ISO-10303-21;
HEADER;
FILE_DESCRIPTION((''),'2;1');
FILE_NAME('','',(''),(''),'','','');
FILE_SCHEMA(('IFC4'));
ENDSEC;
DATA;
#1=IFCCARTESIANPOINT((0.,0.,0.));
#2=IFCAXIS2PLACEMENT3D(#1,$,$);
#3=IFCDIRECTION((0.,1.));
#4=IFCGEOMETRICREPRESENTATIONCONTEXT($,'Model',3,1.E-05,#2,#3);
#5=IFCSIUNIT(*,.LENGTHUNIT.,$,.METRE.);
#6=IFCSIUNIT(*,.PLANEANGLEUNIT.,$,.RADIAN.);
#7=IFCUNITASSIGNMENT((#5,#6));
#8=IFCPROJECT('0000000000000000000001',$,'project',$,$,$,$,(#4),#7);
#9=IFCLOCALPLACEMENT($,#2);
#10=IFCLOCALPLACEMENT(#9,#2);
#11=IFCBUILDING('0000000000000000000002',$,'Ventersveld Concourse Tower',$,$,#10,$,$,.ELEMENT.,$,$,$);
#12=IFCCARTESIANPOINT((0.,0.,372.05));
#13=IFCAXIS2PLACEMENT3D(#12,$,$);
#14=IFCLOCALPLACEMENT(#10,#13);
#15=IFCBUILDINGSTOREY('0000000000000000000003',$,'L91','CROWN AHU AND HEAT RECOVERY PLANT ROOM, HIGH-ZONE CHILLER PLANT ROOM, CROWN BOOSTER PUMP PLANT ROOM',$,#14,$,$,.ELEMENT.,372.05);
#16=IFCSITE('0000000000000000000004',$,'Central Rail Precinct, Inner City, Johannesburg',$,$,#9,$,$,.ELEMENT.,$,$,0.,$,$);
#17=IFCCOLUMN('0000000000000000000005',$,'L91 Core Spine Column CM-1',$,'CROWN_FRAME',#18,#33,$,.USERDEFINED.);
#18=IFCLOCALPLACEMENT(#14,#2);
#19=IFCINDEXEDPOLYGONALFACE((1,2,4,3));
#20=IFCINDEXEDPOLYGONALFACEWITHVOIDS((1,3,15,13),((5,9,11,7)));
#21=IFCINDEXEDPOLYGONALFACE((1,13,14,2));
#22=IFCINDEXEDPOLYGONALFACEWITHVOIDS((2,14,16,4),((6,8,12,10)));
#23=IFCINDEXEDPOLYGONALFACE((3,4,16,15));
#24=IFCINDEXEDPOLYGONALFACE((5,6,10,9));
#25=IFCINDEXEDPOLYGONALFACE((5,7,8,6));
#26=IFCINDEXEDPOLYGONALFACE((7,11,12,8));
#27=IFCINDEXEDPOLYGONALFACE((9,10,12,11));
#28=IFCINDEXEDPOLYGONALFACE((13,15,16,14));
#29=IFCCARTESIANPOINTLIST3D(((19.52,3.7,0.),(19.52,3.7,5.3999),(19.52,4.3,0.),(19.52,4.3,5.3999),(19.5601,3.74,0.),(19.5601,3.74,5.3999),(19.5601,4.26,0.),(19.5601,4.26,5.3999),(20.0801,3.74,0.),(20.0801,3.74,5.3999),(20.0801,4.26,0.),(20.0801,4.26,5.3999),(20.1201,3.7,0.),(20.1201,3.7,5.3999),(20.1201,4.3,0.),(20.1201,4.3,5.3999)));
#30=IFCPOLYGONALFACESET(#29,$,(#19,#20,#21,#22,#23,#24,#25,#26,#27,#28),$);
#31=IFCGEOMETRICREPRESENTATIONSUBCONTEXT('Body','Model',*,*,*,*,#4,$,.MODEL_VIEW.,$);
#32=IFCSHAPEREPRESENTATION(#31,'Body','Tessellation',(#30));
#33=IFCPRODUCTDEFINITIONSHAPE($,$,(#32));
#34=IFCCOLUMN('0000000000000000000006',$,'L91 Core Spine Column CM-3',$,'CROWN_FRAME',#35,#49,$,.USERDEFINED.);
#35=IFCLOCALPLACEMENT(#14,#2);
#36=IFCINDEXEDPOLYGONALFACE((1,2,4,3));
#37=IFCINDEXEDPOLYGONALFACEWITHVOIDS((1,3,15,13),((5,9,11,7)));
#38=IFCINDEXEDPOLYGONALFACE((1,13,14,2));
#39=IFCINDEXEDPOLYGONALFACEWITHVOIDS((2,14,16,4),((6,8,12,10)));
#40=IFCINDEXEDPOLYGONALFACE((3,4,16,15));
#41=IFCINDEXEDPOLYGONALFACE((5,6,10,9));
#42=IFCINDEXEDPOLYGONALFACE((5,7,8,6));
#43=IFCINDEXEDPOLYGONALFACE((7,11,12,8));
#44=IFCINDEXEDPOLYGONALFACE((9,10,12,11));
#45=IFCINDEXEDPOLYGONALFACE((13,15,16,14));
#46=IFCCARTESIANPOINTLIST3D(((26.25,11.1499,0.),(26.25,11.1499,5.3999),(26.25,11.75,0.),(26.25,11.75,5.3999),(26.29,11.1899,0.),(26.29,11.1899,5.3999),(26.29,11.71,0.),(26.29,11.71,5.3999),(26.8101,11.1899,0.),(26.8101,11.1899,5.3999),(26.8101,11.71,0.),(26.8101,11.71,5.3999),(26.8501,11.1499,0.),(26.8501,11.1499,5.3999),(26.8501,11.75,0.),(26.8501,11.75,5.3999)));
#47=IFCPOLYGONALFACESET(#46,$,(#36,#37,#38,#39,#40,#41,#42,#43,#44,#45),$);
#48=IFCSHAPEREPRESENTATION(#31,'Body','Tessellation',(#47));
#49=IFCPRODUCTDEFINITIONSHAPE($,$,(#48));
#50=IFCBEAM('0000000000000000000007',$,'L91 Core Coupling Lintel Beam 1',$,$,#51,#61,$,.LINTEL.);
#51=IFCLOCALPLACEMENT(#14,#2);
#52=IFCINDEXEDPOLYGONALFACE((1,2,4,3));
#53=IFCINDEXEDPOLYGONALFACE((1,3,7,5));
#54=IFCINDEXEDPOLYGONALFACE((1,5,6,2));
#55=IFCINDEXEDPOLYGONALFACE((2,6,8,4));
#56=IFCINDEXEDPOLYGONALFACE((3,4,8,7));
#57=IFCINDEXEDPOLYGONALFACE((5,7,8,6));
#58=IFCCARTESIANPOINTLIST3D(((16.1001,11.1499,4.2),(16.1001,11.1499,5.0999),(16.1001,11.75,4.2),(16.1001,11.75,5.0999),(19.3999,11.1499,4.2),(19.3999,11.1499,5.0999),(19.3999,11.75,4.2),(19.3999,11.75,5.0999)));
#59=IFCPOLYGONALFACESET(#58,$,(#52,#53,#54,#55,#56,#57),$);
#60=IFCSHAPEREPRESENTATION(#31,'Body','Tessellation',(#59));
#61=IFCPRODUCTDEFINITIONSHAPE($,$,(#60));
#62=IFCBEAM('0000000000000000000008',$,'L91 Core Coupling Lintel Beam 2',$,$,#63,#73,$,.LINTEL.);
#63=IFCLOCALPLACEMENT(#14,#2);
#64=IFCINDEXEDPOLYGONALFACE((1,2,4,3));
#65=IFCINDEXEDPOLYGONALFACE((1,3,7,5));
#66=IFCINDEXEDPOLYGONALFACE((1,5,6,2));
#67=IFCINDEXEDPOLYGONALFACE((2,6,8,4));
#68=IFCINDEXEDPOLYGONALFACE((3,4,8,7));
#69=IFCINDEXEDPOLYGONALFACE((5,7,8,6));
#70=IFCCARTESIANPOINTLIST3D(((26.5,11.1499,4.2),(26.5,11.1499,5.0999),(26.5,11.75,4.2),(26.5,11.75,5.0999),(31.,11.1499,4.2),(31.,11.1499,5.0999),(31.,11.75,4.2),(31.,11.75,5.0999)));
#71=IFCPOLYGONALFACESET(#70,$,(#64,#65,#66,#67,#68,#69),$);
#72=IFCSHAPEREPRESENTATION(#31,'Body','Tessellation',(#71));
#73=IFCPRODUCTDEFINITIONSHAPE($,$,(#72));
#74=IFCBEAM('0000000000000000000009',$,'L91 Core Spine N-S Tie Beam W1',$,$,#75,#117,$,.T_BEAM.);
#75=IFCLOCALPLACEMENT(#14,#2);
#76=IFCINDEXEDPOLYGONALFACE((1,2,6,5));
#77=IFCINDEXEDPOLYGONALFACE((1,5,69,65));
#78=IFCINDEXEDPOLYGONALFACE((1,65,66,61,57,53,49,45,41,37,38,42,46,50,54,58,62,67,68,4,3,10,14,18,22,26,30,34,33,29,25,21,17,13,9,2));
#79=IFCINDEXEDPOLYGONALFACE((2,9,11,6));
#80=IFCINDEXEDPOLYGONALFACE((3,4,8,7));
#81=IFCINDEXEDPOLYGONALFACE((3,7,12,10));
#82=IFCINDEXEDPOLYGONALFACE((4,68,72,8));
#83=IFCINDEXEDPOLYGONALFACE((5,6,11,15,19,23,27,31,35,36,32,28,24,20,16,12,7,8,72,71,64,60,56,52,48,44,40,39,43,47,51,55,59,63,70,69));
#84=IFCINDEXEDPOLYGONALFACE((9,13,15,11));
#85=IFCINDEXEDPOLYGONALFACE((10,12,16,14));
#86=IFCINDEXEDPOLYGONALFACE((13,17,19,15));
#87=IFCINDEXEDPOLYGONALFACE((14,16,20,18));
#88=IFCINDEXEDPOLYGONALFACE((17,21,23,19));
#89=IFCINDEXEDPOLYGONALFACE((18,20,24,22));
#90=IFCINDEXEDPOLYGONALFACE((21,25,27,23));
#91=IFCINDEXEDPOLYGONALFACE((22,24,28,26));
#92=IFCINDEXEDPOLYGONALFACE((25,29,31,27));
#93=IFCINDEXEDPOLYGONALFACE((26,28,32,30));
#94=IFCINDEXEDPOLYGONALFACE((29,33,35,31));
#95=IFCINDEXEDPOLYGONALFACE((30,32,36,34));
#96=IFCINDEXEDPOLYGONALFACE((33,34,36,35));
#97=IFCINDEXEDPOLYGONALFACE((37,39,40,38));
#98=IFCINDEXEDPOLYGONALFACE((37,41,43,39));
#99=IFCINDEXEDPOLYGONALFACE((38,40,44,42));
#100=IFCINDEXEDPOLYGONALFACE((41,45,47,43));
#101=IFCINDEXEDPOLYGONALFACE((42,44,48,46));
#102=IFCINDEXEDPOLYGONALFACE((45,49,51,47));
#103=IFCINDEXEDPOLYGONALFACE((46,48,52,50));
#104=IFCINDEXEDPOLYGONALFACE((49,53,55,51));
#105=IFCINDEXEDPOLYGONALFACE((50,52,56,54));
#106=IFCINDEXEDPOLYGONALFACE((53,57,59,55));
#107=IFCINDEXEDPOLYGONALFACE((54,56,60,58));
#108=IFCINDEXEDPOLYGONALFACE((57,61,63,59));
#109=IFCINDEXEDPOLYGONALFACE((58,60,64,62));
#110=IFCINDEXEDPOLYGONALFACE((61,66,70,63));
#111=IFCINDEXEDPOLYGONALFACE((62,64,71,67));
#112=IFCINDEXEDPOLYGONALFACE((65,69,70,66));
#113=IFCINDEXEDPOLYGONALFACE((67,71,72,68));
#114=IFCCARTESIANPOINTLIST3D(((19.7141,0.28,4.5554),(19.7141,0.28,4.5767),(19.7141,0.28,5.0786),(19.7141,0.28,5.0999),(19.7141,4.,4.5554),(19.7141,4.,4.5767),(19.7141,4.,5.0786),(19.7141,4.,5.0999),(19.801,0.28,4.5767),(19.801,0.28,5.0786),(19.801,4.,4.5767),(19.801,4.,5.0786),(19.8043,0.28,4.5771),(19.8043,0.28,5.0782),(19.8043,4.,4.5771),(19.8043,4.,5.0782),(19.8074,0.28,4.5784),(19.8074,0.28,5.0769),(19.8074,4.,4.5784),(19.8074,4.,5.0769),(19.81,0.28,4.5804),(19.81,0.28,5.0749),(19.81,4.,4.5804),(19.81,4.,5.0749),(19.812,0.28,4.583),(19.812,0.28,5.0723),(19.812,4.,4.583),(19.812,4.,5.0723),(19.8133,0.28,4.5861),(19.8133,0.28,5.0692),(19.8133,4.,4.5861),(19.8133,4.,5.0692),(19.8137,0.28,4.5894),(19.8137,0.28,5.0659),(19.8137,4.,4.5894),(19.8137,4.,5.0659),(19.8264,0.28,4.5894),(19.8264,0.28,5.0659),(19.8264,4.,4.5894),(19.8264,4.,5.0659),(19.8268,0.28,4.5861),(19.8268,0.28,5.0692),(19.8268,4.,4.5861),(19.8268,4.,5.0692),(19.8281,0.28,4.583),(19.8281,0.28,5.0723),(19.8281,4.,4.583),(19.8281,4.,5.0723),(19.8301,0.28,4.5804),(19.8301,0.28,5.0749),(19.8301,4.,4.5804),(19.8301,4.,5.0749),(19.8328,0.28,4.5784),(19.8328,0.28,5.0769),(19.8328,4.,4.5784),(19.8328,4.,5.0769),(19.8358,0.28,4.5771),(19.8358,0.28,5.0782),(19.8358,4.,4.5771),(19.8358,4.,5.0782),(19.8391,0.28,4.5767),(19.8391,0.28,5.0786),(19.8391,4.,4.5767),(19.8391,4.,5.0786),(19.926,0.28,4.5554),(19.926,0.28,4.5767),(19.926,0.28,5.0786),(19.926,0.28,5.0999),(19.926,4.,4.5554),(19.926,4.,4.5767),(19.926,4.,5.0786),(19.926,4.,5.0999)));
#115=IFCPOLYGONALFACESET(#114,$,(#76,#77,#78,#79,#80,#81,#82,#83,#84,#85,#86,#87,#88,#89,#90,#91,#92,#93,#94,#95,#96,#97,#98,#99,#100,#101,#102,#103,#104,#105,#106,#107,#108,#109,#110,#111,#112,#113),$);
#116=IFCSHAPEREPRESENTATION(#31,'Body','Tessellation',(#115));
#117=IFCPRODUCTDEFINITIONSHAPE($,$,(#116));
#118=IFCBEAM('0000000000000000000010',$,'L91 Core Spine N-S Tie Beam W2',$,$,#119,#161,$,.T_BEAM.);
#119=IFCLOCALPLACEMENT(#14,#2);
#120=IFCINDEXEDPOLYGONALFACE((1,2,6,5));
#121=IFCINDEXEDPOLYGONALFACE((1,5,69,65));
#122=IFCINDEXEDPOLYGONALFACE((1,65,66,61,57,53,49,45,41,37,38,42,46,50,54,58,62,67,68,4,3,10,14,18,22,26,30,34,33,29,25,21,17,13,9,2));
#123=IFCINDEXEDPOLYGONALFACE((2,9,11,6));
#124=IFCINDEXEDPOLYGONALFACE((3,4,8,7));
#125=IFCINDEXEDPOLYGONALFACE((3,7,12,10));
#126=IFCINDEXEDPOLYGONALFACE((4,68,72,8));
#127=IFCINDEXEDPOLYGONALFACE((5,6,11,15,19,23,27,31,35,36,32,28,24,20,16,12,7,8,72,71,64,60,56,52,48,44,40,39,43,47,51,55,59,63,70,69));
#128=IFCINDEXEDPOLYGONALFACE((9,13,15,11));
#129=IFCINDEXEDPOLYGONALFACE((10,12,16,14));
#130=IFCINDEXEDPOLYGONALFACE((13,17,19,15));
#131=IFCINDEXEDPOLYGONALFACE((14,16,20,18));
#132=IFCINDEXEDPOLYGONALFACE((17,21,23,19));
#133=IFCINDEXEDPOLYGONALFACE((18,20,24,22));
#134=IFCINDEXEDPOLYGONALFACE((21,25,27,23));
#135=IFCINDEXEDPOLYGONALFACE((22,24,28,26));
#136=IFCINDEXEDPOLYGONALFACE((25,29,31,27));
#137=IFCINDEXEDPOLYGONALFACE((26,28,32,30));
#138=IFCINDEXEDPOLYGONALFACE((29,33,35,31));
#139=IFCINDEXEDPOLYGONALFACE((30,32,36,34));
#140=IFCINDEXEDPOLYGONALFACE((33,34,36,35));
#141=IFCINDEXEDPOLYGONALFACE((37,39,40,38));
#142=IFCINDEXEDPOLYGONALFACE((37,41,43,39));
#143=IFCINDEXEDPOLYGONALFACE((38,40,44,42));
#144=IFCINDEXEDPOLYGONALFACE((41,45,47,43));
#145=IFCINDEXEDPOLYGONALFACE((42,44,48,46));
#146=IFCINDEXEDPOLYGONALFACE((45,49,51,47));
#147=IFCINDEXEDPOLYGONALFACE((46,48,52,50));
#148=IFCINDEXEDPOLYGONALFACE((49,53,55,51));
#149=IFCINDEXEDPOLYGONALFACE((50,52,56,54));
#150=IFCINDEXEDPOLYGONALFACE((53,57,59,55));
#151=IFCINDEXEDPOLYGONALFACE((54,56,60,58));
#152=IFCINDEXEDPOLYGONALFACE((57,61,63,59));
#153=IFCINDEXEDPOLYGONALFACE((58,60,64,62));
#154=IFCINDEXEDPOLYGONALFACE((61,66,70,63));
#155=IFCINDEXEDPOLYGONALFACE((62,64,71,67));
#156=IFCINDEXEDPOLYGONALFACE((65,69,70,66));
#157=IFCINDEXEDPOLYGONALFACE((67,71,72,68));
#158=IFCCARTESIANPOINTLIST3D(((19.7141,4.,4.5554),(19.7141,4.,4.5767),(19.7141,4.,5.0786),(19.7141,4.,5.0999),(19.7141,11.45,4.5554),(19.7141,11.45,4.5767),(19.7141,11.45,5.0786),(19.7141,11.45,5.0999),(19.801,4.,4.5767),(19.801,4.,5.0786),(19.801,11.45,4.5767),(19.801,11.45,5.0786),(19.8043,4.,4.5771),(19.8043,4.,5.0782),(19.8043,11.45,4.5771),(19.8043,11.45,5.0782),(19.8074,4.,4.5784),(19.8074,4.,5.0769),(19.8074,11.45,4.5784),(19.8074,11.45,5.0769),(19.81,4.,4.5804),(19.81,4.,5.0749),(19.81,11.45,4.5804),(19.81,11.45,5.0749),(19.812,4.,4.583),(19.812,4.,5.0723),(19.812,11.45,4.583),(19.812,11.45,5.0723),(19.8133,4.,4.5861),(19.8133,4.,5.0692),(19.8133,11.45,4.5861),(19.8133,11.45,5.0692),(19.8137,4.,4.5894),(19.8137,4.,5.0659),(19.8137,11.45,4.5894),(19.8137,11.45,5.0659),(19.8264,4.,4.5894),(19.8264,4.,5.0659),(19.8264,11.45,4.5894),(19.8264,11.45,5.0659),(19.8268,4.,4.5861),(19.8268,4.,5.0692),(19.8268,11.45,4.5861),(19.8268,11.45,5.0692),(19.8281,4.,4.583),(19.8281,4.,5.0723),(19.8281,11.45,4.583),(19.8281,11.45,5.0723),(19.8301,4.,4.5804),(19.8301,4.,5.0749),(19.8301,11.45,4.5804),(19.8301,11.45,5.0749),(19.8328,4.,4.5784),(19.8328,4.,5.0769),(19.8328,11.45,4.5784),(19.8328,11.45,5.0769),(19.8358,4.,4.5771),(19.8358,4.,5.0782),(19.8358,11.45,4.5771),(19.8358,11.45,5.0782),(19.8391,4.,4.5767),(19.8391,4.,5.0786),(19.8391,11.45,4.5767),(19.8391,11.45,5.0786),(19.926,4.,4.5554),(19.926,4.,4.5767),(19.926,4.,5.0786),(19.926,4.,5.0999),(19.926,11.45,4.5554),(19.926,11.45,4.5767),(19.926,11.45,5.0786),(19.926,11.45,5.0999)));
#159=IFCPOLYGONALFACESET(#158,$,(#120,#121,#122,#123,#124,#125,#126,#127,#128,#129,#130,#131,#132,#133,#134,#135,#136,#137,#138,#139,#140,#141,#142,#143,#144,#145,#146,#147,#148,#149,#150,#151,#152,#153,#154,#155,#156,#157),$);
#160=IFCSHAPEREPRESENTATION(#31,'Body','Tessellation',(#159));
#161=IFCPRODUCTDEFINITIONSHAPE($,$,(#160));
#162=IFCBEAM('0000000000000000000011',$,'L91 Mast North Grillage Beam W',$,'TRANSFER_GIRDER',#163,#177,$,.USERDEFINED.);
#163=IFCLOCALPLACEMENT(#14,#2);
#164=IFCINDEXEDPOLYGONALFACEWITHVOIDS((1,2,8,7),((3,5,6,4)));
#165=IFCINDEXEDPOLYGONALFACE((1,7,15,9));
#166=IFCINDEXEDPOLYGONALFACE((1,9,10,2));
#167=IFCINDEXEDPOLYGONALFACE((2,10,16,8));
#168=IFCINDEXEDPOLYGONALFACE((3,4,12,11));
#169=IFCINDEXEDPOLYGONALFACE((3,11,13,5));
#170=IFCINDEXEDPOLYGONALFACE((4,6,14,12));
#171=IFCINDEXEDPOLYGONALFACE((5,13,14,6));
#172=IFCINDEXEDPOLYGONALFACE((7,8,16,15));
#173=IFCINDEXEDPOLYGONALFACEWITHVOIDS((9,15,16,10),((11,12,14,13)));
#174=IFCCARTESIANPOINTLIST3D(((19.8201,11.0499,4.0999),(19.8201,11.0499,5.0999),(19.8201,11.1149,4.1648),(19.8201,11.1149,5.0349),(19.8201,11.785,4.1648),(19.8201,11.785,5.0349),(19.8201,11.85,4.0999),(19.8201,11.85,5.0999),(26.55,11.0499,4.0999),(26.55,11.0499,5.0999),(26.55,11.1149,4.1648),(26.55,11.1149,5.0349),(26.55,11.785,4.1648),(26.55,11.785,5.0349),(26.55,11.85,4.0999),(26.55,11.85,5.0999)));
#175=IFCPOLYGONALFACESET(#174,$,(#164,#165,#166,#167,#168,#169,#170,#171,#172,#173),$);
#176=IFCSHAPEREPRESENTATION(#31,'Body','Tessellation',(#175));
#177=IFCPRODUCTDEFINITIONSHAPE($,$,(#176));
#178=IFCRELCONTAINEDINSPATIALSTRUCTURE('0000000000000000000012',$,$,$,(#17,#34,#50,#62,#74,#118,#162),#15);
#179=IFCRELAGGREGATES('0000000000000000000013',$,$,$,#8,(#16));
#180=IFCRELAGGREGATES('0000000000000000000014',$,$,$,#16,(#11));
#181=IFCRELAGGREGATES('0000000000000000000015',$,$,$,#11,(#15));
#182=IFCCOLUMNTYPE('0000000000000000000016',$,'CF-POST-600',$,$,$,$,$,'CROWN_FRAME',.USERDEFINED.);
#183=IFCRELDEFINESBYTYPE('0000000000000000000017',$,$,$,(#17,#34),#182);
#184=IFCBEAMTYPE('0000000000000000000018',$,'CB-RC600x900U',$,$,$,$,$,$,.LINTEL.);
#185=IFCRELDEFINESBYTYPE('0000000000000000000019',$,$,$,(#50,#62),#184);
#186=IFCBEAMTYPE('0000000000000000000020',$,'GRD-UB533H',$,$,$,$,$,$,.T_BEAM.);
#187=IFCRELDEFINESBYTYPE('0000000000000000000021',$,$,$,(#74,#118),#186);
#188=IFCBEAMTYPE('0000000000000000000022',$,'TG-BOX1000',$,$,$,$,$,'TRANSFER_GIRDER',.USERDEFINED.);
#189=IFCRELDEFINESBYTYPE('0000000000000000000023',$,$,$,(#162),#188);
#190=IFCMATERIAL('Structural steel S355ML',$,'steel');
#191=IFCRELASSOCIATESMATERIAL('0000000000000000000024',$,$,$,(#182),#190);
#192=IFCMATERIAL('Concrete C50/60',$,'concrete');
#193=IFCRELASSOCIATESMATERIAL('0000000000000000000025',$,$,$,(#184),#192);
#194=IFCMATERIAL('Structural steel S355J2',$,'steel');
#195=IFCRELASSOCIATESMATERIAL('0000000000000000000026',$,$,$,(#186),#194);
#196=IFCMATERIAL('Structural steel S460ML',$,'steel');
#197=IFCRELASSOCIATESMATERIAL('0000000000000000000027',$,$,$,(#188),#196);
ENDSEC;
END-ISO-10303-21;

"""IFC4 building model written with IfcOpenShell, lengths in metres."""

from ifc_helpers import new_model, si_unit, direction, frame, origin, origin_2d, place, context, subcontext, project, spatial, rectangle, hollow_rectangle, i_section, extrude, material, material_profile, profile_set, type_object, element, save


model = new_model("IFC4")

# Units and contexts
model_context = context("Model", 3, precision=1e-05, world=origin(), true_north=direction((0.0, 1.0)))
body_context = subcontext(model_context, "Body", "Model", "MODEL_VIEW")
ifc_project = project(units=[si_unit("LENGTHUNIT", "METRE"), si_unit("PLANEANGLEUNIT", "RADIAN")], contexts=[model_context])

# Site, building, storey
site_placement = place(None, origin())
site = spatial("IfcSite", under=ifc_project, at=site_placement, Name="Central Rail Precinct, Inner City, Johannesburg", CompositionType="ELEMENT", RefElevation=0.0)
building_placement = place(site_placement, origin())
building = spatial("IfcBuilding", under=site, at=building_placement, Name="Ventersveld Concourse Tower", CompositionType="ELEMENT")
storey_placement = place(building_placement, frame((0.0, 0.0, 372.05)))
storey = spatial("IfcBuildingStorey", under=building, at=storey_placement, Name="L91", Description="CROWN AHU AND HEAT RECOVERY PLANT ROOM, HIGH-ZONE CHILLER PLANT ROOM, CROWN BOOSTER PUMP PLANT ROOM", CompositionType="ELEMENT", Elevation=372.05)

# Columns
ifc_material_1 = material(Name="Structural steel S355ML", Category="steel")
ifc_material_profile_1 = material_profile(ifc_material_1, hollow_rectangle(XDim=0.6001, YDim=0.6001, WallThickness=0.04, at=origin_2d()), Name="BOX 600x600x40")
ifc_profile_set_1 = profile_set([ifc_material_profile_1], Name="Structural steel S355ML")
column_type = type_object("IfcColumnType", Name="CF-POST-600", ElementType="CROWN_FRAME", PredefinedType="USERDEFINED", material=ifc_profile_set_1)
for number, where, z_axis, x_axis, name in (
    (1, (19.8201, 4.0, 0.0), (0.0, 0.0, 1.0), (1.0, 0.0, 0.0), "L91 Core Spine Column CM-1"),
    (2, (26.55, 11.45, 0.0), (0.0, 0.0, 1.0), (1.0, 0.0, 0.0), "L91 Core Spine Column CM-3"),
):
    element("IfcColumn", number, at=place(storey_placement, frame(where, z_axis=z_axis, x_axis=x_axis)), inside=storey, type_object=column_type, Name=name, ObjectType="CROWN_FRAME", PredefinedType="USERDEFINED", context=body_context, shape_type="SweptSolid", body=[
        extrude(hollow_rectangle(XDim=0.6001, YDim=0.6001, WallThickness=0.04, at=origin_2d()), origin(), (0.0, 0.0, 1.0), 5.3999),
    ])

# Beams
ifc_material_2 = material(Name="Concrete C50/60", Category="concrete")
ifc_material_profile_2 = material_profile(ifc_material_2, rectangle(XDim=0.6001, YDim=0.8999, at=origin_2d()), Name="RC 600x900")
ifc_profile_set_2 = profile_set([ifc_material_profile_2], Name="Concrete C50/60")
beam_type_1 = type_object("IfcBeamType", Name="CB-RC600x900U", PredefinedType="LINTEL", material=ifc_profile_set_2)
beam_1_placement = place(storey_placement, frame((16.1001, 11.45, 4.6499), z_axis=(1.0, 0.0, 0.0), x_axis=(0.0, 1.0, 0.0)))
element("IfcBeam", 3, at=beam_1_placement, inside=storey, type_object=beam_type_1, Name="L91 Core Coupling Lintel Beam 1", PredefinedType="LINTEL", context=body_context, shape_type="SweptSolid", body=[
    extrude(rectangle(XDim=0.6001, YDim=0.8999, at=origin_2d()), origin(), (0.0, 0.0, 1.0), 3.2998),
])
beam_2_placement = place(storey_placement, frame((26.5, 11.45, 4.6499), z_axis=(1.0, 0.0, 0.0), x_axis=(0.0, 1.0, 0.0)))
element("IfcBeam", 4, at=beam_2_placement, inside=storey, type_object=beam_type_1, Name="L91 Core Coupling Lintel Beam 2", PredefinedType="LINTEL", context=body_context, shape_type="SweptSolid", body=[
    extrude(rectangle(XDim=0.6001, YDim=0.8999, at=origin_2d()), origin(), (0.0, 0.0, 1.0), 4.5),
])
ifc_material_3 = material(Name="Structural steel S355J2", Category="steel")
ifc_material_profile_3 = material_profile(ifc_material_3, i_section(OverallWidth=0.2119, OverallDepth=0.5444, WebThickness=0.0127, FlangeThickness=0.0212, FilletRadius=0.0127, at=origin_2d()), Name="UB 533x210x122")
ifc_profile_set_3 = profile_set([ifc_material_profile_3], Name="Structural steel S355J2")
beam_type_2 = type_object("IfcBeamType", Name="GRD-UB533H", PredefinedType="T_BEAM", material=ifc_profile_set_3)
beam_3_placement = place(storey_placement, frame((19.8201, 0.28, 4.8276), z_axis=(0.0, 1.0, 0.0), x_axis=(-1.0, 0.0, 0.0)))
element("IfcBeam", 5, at=beam_3_placement, inside=storey, type_object=beam_type_2, Name="L91 Core Spine N-S Tie Beam W1", PredefinedType="T_BEAM", context=body_context, shape_type="SweptSolid", body=[
    extrude(i_section(OverallWidth=0.2119, OverallDepth=0.5444, WebThickness=0.0127, FlangeThickness=0.0212, FilletRadius=0.0127, at=origin_2d()), origin(), (0.0, 0.0, 1.0), 3.72),
])
beam_4_placement = place(storey_placement, frame((19.8201, 4.0, 4.8276), z_axis=(0.0, 1.0, 0.0), x_axis=(-1.0, 0.0, 0.0)))
element("IfcBeam", 6, at=beam_4_placement, inside=storey, type_object=beam_type_2, Name="L91 Core Spine N-S Tie Beam W2", PredefinedType="T_BEAM", context=body_context, shape_type="SweptSolid", body=[
    extrude(i_section(OverallWidth=0.2119, OverallDepth=0.5444, WebThickness=0.0127, FlangeThickness=0.0212, FilletRadius=0.0127, at=origin_2d()), origin(), (0.0, 0.0, 1.0), 7.45),
])
ifc_material_4 = material(Name="Structural steel S460ML", Category="steel")
ifc_material_profile_4 = material_profile(ifc_material_4, hollow_rectangle(XDim=0.8, YDim=1.0, WallThickness=0.0649, at=origin_2d()), Name="BOX 1000x800x65")
ifc_profile_set_4 = profile_set([ifc_material_profile_4], Name="Structural steel S460ML")
beam_type_3 = type_object("IfcBeamType", Name="TG-BOX1000", ElementType="TRANSFER_GIRDER", PredefinedType="USERDEFINED", material=ifc_profile_set_4)
beam_5_placement = place(storey_placement, frame((19.8201, 11.45, 4.5999), z_axis=(1.0, 0.0, 0.0), x_axis=(0.0, 1.0, 0.0)))
element("IfcBeam", 7, at=beam_5_placement, inside=storey, type_object=beam_type_3, Name="L91 Mast North Grillage Beam W", ObjectType="TRANSFER_GIRDER", PredefinedType="USERDEFINED", context=body_context, shape_type="SweptSolid", body=[
    extrude(hollow_rectangle(XDim=0.8, YDim=1.0, WallThickness=0.0649, at=origin_2d()), origin(), (0.0, 0.0, 1.0), 6.73),
])

save(model, "model.ifc")
